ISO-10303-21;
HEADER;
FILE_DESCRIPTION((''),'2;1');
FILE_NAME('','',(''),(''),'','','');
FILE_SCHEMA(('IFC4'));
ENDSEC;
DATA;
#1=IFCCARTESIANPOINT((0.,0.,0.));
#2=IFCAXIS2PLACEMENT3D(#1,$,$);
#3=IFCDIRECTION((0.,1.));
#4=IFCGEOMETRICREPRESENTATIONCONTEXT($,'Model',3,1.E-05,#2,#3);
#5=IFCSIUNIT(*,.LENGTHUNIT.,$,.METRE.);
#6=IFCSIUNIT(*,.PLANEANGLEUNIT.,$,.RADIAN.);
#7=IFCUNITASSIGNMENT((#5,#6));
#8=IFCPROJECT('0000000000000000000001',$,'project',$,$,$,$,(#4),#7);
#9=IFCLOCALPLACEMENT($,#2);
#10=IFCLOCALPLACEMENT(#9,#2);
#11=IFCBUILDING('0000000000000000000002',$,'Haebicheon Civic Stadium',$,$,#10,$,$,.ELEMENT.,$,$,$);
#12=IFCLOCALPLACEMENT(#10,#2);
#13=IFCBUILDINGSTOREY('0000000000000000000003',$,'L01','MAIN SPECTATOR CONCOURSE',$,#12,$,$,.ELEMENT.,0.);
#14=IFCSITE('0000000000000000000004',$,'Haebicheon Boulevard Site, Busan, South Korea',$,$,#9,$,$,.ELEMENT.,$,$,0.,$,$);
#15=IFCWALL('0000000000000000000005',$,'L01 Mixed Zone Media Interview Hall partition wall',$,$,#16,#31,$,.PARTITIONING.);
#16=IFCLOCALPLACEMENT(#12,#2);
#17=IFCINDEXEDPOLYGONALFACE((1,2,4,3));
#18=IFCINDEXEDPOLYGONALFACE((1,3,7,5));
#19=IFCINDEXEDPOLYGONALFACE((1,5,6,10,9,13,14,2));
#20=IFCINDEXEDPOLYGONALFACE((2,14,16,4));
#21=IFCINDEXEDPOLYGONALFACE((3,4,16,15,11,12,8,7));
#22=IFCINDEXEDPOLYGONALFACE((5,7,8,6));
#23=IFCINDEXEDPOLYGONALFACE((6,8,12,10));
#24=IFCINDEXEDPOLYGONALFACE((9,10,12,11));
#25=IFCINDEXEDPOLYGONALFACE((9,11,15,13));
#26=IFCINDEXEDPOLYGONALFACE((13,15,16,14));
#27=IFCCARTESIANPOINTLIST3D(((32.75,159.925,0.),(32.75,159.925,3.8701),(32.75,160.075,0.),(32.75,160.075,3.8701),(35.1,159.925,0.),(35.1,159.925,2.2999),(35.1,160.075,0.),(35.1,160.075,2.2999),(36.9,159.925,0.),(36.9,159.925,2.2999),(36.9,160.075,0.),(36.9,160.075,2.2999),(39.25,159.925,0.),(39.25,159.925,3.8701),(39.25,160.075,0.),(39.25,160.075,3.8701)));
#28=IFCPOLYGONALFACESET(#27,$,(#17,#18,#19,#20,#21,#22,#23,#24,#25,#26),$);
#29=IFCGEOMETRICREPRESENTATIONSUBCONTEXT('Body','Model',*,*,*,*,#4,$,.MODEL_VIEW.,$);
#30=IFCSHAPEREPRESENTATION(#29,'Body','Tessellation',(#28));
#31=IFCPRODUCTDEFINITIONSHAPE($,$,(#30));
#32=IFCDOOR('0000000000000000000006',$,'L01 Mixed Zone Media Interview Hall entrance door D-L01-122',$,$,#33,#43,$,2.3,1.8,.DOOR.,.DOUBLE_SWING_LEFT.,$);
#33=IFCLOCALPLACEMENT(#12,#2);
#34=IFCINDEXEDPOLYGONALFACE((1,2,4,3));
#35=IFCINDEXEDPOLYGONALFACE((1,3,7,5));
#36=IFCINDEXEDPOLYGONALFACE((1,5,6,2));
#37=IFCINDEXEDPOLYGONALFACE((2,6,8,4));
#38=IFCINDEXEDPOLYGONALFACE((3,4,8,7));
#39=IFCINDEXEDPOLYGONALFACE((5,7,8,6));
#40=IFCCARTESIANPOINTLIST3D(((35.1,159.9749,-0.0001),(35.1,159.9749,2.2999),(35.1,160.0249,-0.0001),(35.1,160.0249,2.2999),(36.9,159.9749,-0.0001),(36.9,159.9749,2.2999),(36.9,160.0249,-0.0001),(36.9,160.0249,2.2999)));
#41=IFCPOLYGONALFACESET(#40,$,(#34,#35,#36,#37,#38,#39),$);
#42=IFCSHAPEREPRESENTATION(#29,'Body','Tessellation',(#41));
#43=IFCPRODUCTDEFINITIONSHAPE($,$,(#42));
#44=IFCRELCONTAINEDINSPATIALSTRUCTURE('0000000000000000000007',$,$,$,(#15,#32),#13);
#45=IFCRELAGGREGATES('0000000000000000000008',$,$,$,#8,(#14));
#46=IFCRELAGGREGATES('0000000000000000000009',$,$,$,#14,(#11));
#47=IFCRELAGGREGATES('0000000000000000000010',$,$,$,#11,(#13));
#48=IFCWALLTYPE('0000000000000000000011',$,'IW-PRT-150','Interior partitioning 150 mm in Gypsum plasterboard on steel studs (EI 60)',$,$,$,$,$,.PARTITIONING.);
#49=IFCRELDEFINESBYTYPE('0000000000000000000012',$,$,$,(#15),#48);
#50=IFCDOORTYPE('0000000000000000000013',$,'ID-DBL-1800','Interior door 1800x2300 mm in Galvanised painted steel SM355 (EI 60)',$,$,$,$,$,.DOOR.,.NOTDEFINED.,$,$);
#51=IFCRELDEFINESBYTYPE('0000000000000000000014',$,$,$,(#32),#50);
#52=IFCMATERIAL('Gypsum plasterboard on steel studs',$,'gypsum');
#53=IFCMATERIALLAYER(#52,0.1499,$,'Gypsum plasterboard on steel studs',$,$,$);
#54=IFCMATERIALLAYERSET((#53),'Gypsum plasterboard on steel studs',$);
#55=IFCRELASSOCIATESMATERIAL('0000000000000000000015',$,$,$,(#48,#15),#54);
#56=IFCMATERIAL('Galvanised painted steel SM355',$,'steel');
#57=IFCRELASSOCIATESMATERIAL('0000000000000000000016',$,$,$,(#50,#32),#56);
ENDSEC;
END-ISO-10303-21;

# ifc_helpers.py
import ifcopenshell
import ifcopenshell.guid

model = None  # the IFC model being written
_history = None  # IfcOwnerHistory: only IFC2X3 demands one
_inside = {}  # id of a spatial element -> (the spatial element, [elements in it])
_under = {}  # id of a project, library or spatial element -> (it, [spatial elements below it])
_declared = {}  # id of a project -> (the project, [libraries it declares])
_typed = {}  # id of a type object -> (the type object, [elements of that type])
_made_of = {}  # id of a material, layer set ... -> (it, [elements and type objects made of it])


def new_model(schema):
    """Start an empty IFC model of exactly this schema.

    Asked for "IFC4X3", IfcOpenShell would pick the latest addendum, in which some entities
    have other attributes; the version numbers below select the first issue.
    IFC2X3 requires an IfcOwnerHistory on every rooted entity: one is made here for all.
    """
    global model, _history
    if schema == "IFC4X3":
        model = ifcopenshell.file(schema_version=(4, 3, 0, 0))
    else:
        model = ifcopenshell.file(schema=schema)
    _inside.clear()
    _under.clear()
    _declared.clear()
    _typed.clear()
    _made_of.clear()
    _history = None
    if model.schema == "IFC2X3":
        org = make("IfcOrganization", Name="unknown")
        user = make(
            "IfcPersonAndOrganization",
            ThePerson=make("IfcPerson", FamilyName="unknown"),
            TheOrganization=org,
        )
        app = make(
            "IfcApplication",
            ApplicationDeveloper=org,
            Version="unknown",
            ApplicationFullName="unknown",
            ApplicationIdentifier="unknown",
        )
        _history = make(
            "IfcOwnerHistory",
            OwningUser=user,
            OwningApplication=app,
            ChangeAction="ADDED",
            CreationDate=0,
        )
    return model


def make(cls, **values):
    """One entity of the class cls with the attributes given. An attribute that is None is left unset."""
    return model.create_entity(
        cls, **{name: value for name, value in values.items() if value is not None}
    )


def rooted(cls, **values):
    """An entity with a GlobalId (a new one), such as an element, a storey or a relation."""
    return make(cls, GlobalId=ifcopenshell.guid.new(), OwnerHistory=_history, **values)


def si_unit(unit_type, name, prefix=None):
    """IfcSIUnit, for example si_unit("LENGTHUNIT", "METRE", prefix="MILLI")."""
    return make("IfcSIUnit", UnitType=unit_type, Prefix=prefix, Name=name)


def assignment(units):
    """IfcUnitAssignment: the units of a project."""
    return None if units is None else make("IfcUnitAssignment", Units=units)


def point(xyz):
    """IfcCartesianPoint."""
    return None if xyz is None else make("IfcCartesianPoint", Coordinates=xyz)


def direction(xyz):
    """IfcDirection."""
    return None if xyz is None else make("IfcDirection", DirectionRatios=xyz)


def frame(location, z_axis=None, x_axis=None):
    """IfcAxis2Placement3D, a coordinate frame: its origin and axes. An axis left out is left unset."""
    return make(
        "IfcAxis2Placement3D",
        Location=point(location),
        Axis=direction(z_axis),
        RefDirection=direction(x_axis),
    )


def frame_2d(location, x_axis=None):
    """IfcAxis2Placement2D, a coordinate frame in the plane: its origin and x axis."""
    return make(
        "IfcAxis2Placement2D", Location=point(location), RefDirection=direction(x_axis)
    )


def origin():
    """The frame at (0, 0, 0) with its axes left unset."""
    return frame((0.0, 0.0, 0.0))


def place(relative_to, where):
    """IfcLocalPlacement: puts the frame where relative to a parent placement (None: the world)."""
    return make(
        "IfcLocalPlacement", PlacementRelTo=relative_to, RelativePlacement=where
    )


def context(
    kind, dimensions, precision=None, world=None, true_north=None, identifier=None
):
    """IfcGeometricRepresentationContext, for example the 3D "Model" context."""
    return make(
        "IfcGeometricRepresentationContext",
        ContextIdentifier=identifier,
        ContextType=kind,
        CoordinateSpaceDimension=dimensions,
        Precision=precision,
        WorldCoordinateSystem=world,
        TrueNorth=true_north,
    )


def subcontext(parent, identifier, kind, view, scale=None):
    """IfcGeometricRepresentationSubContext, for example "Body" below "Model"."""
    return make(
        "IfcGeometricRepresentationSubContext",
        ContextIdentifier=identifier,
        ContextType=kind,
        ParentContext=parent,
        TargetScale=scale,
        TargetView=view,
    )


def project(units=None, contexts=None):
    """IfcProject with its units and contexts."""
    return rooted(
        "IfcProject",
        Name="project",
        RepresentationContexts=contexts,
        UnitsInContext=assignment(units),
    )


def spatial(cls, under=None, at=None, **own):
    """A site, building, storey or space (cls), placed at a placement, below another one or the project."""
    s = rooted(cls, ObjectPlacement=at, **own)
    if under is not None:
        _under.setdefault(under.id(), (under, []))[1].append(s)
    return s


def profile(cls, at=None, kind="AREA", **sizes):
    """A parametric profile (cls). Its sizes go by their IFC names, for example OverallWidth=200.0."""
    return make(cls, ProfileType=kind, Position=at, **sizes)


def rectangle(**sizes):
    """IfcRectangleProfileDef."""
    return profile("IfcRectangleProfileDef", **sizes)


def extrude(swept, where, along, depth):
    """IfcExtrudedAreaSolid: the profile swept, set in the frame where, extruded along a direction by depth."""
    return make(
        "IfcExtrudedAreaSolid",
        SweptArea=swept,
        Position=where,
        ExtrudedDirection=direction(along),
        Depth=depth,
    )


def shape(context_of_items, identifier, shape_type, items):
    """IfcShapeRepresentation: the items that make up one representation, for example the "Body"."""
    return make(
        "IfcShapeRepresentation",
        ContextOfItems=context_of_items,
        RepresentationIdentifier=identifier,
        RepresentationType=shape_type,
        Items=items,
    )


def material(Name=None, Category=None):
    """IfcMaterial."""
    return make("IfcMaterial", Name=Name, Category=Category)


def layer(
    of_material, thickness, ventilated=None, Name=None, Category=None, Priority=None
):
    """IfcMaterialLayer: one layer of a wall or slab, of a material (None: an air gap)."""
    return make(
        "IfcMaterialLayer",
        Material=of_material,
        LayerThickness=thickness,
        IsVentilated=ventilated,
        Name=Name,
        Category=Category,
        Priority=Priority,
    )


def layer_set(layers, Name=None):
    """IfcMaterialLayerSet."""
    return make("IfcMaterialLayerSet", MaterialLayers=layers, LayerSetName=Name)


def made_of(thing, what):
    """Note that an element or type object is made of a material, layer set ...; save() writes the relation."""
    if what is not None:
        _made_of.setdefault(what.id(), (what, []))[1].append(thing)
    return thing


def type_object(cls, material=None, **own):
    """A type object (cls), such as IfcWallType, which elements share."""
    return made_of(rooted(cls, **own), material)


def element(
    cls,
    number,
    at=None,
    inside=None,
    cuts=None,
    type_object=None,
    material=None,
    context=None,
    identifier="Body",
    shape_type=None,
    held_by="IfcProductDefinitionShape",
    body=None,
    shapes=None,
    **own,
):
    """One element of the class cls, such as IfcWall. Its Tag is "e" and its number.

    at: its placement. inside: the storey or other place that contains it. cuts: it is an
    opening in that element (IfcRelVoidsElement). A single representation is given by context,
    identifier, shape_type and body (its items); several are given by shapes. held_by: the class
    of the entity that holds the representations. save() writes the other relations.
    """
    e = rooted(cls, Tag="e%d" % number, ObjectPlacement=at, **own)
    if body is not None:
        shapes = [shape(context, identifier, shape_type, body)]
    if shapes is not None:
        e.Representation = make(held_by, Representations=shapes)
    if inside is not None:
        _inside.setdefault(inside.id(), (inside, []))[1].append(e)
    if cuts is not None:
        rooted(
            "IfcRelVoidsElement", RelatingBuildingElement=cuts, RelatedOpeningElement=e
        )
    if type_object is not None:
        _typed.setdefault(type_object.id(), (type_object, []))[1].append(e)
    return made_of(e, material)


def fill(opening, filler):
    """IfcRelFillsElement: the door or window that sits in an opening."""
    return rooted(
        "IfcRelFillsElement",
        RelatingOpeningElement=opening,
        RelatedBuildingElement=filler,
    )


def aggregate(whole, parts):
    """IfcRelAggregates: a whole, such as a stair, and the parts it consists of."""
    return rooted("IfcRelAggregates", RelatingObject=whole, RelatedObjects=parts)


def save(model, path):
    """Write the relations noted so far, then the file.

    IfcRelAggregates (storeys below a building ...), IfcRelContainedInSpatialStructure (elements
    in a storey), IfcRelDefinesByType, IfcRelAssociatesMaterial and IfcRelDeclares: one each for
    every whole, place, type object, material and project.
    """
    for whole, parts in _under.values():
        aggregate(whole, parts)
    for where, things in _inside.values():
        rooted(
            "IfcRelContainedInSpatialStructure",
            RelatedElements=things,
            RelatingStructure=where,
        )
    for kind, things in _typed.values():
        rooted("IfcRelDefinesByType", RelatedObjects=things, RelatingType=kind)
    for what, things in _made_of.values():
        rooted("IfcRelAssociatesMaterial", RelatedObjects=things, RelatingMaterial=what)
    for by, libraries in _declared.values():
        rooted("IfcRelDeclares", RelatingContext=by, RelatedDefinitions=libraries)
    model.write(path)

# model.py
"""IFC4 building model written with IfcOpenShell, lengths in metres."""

from ifc_helpers import new_model, si_unit, direction, frame, frame_2d, origin, place, context, subcontext, project, spatial, rectangle, extrude, material, layer, layer_set, type_object, element, fill, save


model = new_model("IFC4")

# Units and contexts
model_context = context("Model", 3, precision=1e-05, world=origin(), true_north=direction((0.0, 1.0)))
body_context = subcontext(model_context, "Body", "Model", "MODEL_VIEW")
ifc_project = project(units=[si_unit("LENGTHUNIT", "METRE"), si_unit("PLANEANGLEUNIT", "RADIAN")], contexts=[model_context])

# Site, building, storey
site_placement = place(None, origin())
site = spatial("IfcSite", under=ifc_project, at=site_placement, Name="Haebicheon Boulevard Site, Busan, South Korea", CompositionType="ELEMENT", RefElevation=0.0)
building_placement = place(site_placement, origin())
building = spatial("IfcBuilding", under=site, at=building_placement, Name="Haebicheon Civic Stadium", CompositionType="ELEMENT")
storey_placement = place(building_placement, origin())
storey = spatial("IfcBuildingStorey", under=building, at=storey_placement, Name="L01", Description="MAIN SPECTATOR CONCOURSE", CompositionType="ELEMENT", Elevation=0.0)

# Wall, opening, door
ifc_material_1 = material(Name="Gypsum plasterboard on steel studs", Category="gypsum")
ifc_layer_1 = layer(ifc_material_1, 0.1499, Name="Gypsum plasterboard on steel studs")
ifc_layer_set_1 = layer_set([ifc_layer_1], Name="Gypsum plasterboard on steel studs")
wall_type_1 = type_object("IfcWallType", Name="IW-PRT-150", Description="Interior partitioning 150 mm in Gypsum plasterboard on steel studs (EI 60)", PredefinedType="PARTITIONING", material=ifc_layer_set_1)
wall_1_placement = place(storey_placement, frame((32.75, 160.0, 0.0), z_axis=(0.0, 0.0, 1.0), x_axis=(1.0, 0.0, 0.0)))
wall_1 = element("IfcWall", 1, at=wall_1_placement, inside=storey, type_object=wall_type_1, material=ifc_layer_set_1, Name="L01 Mixed Zone Media Interview Hall partition wall", PredefinedType="PARTITIONING", context=body_context, shape_type="SweptSolid", body=[
    extrude(rectangle(XDim=6.5, YDim=0.1499, at=frame_2d((3.25, 0.0))), origin(), (0.0, 0.0, 1.0), 3.8701),
])
opening_1_placement = place(wall_1_placement, frame((2.3501, 0.0, 0.0)))
opening_1 = element("IfcOpeningElement", 2, at=opening_1_placement, cuts=wall_1, PredefinedType="OPENING", context=body_context, shape_type="SweptSolid", body=[
    extrude(rectangle(XDim=1.8, YDim=2.3, at=frame_2d((0.8999, 1.1499))), frame((0.0, 0.085, 0.0), z_axis=(0.0, -1.0, 0.0), x_axis=(1.0, 0.0, 0.0)), (0.0, 0.0, 1.0), 0.1699),
])
ifc_material_2 = material(Name="Galvanised painted steel SM355", Category="steel")
door_type = type_object("IfcDoorType", Name="ID-DBL-1800", Description="Interior door 1800x2300 mm in Galvanised painted steel SM355 (EI 60)", OperationType="NOTDEFINED", PredefinedType="DOOR", material=ifc_material_2)
door_placement = place(opening_1_placement, origin())
door = element("IfcDoor", 3, at=door_placement, inside=storey, type_object=door_type, material=ifc_material_2, Name="L01 Mixed Zone Media Interview Hall entrance door D-L01-122", OperationType="DOUBLE_SWING_LEFT", OverallHeight=2.3, OverallWidth=1.8, PredefinedType="DOOR", context=body_context, shape_type="SweptSolid", body=[
    extrude(rectangle(XDim=1.8, YDim=2.3, at=frame_2d((0.8999, 1.1499))), frame((0.0, 0.0249, 0.0), z_axis=(0.0, -1.0, 0.0), x_axis=(1.0, 0.0, 0.0)), (0.0, 0.0, 1.0), 0.05),
])
fill(opening_1, door)

save(model, "model.ifc")
